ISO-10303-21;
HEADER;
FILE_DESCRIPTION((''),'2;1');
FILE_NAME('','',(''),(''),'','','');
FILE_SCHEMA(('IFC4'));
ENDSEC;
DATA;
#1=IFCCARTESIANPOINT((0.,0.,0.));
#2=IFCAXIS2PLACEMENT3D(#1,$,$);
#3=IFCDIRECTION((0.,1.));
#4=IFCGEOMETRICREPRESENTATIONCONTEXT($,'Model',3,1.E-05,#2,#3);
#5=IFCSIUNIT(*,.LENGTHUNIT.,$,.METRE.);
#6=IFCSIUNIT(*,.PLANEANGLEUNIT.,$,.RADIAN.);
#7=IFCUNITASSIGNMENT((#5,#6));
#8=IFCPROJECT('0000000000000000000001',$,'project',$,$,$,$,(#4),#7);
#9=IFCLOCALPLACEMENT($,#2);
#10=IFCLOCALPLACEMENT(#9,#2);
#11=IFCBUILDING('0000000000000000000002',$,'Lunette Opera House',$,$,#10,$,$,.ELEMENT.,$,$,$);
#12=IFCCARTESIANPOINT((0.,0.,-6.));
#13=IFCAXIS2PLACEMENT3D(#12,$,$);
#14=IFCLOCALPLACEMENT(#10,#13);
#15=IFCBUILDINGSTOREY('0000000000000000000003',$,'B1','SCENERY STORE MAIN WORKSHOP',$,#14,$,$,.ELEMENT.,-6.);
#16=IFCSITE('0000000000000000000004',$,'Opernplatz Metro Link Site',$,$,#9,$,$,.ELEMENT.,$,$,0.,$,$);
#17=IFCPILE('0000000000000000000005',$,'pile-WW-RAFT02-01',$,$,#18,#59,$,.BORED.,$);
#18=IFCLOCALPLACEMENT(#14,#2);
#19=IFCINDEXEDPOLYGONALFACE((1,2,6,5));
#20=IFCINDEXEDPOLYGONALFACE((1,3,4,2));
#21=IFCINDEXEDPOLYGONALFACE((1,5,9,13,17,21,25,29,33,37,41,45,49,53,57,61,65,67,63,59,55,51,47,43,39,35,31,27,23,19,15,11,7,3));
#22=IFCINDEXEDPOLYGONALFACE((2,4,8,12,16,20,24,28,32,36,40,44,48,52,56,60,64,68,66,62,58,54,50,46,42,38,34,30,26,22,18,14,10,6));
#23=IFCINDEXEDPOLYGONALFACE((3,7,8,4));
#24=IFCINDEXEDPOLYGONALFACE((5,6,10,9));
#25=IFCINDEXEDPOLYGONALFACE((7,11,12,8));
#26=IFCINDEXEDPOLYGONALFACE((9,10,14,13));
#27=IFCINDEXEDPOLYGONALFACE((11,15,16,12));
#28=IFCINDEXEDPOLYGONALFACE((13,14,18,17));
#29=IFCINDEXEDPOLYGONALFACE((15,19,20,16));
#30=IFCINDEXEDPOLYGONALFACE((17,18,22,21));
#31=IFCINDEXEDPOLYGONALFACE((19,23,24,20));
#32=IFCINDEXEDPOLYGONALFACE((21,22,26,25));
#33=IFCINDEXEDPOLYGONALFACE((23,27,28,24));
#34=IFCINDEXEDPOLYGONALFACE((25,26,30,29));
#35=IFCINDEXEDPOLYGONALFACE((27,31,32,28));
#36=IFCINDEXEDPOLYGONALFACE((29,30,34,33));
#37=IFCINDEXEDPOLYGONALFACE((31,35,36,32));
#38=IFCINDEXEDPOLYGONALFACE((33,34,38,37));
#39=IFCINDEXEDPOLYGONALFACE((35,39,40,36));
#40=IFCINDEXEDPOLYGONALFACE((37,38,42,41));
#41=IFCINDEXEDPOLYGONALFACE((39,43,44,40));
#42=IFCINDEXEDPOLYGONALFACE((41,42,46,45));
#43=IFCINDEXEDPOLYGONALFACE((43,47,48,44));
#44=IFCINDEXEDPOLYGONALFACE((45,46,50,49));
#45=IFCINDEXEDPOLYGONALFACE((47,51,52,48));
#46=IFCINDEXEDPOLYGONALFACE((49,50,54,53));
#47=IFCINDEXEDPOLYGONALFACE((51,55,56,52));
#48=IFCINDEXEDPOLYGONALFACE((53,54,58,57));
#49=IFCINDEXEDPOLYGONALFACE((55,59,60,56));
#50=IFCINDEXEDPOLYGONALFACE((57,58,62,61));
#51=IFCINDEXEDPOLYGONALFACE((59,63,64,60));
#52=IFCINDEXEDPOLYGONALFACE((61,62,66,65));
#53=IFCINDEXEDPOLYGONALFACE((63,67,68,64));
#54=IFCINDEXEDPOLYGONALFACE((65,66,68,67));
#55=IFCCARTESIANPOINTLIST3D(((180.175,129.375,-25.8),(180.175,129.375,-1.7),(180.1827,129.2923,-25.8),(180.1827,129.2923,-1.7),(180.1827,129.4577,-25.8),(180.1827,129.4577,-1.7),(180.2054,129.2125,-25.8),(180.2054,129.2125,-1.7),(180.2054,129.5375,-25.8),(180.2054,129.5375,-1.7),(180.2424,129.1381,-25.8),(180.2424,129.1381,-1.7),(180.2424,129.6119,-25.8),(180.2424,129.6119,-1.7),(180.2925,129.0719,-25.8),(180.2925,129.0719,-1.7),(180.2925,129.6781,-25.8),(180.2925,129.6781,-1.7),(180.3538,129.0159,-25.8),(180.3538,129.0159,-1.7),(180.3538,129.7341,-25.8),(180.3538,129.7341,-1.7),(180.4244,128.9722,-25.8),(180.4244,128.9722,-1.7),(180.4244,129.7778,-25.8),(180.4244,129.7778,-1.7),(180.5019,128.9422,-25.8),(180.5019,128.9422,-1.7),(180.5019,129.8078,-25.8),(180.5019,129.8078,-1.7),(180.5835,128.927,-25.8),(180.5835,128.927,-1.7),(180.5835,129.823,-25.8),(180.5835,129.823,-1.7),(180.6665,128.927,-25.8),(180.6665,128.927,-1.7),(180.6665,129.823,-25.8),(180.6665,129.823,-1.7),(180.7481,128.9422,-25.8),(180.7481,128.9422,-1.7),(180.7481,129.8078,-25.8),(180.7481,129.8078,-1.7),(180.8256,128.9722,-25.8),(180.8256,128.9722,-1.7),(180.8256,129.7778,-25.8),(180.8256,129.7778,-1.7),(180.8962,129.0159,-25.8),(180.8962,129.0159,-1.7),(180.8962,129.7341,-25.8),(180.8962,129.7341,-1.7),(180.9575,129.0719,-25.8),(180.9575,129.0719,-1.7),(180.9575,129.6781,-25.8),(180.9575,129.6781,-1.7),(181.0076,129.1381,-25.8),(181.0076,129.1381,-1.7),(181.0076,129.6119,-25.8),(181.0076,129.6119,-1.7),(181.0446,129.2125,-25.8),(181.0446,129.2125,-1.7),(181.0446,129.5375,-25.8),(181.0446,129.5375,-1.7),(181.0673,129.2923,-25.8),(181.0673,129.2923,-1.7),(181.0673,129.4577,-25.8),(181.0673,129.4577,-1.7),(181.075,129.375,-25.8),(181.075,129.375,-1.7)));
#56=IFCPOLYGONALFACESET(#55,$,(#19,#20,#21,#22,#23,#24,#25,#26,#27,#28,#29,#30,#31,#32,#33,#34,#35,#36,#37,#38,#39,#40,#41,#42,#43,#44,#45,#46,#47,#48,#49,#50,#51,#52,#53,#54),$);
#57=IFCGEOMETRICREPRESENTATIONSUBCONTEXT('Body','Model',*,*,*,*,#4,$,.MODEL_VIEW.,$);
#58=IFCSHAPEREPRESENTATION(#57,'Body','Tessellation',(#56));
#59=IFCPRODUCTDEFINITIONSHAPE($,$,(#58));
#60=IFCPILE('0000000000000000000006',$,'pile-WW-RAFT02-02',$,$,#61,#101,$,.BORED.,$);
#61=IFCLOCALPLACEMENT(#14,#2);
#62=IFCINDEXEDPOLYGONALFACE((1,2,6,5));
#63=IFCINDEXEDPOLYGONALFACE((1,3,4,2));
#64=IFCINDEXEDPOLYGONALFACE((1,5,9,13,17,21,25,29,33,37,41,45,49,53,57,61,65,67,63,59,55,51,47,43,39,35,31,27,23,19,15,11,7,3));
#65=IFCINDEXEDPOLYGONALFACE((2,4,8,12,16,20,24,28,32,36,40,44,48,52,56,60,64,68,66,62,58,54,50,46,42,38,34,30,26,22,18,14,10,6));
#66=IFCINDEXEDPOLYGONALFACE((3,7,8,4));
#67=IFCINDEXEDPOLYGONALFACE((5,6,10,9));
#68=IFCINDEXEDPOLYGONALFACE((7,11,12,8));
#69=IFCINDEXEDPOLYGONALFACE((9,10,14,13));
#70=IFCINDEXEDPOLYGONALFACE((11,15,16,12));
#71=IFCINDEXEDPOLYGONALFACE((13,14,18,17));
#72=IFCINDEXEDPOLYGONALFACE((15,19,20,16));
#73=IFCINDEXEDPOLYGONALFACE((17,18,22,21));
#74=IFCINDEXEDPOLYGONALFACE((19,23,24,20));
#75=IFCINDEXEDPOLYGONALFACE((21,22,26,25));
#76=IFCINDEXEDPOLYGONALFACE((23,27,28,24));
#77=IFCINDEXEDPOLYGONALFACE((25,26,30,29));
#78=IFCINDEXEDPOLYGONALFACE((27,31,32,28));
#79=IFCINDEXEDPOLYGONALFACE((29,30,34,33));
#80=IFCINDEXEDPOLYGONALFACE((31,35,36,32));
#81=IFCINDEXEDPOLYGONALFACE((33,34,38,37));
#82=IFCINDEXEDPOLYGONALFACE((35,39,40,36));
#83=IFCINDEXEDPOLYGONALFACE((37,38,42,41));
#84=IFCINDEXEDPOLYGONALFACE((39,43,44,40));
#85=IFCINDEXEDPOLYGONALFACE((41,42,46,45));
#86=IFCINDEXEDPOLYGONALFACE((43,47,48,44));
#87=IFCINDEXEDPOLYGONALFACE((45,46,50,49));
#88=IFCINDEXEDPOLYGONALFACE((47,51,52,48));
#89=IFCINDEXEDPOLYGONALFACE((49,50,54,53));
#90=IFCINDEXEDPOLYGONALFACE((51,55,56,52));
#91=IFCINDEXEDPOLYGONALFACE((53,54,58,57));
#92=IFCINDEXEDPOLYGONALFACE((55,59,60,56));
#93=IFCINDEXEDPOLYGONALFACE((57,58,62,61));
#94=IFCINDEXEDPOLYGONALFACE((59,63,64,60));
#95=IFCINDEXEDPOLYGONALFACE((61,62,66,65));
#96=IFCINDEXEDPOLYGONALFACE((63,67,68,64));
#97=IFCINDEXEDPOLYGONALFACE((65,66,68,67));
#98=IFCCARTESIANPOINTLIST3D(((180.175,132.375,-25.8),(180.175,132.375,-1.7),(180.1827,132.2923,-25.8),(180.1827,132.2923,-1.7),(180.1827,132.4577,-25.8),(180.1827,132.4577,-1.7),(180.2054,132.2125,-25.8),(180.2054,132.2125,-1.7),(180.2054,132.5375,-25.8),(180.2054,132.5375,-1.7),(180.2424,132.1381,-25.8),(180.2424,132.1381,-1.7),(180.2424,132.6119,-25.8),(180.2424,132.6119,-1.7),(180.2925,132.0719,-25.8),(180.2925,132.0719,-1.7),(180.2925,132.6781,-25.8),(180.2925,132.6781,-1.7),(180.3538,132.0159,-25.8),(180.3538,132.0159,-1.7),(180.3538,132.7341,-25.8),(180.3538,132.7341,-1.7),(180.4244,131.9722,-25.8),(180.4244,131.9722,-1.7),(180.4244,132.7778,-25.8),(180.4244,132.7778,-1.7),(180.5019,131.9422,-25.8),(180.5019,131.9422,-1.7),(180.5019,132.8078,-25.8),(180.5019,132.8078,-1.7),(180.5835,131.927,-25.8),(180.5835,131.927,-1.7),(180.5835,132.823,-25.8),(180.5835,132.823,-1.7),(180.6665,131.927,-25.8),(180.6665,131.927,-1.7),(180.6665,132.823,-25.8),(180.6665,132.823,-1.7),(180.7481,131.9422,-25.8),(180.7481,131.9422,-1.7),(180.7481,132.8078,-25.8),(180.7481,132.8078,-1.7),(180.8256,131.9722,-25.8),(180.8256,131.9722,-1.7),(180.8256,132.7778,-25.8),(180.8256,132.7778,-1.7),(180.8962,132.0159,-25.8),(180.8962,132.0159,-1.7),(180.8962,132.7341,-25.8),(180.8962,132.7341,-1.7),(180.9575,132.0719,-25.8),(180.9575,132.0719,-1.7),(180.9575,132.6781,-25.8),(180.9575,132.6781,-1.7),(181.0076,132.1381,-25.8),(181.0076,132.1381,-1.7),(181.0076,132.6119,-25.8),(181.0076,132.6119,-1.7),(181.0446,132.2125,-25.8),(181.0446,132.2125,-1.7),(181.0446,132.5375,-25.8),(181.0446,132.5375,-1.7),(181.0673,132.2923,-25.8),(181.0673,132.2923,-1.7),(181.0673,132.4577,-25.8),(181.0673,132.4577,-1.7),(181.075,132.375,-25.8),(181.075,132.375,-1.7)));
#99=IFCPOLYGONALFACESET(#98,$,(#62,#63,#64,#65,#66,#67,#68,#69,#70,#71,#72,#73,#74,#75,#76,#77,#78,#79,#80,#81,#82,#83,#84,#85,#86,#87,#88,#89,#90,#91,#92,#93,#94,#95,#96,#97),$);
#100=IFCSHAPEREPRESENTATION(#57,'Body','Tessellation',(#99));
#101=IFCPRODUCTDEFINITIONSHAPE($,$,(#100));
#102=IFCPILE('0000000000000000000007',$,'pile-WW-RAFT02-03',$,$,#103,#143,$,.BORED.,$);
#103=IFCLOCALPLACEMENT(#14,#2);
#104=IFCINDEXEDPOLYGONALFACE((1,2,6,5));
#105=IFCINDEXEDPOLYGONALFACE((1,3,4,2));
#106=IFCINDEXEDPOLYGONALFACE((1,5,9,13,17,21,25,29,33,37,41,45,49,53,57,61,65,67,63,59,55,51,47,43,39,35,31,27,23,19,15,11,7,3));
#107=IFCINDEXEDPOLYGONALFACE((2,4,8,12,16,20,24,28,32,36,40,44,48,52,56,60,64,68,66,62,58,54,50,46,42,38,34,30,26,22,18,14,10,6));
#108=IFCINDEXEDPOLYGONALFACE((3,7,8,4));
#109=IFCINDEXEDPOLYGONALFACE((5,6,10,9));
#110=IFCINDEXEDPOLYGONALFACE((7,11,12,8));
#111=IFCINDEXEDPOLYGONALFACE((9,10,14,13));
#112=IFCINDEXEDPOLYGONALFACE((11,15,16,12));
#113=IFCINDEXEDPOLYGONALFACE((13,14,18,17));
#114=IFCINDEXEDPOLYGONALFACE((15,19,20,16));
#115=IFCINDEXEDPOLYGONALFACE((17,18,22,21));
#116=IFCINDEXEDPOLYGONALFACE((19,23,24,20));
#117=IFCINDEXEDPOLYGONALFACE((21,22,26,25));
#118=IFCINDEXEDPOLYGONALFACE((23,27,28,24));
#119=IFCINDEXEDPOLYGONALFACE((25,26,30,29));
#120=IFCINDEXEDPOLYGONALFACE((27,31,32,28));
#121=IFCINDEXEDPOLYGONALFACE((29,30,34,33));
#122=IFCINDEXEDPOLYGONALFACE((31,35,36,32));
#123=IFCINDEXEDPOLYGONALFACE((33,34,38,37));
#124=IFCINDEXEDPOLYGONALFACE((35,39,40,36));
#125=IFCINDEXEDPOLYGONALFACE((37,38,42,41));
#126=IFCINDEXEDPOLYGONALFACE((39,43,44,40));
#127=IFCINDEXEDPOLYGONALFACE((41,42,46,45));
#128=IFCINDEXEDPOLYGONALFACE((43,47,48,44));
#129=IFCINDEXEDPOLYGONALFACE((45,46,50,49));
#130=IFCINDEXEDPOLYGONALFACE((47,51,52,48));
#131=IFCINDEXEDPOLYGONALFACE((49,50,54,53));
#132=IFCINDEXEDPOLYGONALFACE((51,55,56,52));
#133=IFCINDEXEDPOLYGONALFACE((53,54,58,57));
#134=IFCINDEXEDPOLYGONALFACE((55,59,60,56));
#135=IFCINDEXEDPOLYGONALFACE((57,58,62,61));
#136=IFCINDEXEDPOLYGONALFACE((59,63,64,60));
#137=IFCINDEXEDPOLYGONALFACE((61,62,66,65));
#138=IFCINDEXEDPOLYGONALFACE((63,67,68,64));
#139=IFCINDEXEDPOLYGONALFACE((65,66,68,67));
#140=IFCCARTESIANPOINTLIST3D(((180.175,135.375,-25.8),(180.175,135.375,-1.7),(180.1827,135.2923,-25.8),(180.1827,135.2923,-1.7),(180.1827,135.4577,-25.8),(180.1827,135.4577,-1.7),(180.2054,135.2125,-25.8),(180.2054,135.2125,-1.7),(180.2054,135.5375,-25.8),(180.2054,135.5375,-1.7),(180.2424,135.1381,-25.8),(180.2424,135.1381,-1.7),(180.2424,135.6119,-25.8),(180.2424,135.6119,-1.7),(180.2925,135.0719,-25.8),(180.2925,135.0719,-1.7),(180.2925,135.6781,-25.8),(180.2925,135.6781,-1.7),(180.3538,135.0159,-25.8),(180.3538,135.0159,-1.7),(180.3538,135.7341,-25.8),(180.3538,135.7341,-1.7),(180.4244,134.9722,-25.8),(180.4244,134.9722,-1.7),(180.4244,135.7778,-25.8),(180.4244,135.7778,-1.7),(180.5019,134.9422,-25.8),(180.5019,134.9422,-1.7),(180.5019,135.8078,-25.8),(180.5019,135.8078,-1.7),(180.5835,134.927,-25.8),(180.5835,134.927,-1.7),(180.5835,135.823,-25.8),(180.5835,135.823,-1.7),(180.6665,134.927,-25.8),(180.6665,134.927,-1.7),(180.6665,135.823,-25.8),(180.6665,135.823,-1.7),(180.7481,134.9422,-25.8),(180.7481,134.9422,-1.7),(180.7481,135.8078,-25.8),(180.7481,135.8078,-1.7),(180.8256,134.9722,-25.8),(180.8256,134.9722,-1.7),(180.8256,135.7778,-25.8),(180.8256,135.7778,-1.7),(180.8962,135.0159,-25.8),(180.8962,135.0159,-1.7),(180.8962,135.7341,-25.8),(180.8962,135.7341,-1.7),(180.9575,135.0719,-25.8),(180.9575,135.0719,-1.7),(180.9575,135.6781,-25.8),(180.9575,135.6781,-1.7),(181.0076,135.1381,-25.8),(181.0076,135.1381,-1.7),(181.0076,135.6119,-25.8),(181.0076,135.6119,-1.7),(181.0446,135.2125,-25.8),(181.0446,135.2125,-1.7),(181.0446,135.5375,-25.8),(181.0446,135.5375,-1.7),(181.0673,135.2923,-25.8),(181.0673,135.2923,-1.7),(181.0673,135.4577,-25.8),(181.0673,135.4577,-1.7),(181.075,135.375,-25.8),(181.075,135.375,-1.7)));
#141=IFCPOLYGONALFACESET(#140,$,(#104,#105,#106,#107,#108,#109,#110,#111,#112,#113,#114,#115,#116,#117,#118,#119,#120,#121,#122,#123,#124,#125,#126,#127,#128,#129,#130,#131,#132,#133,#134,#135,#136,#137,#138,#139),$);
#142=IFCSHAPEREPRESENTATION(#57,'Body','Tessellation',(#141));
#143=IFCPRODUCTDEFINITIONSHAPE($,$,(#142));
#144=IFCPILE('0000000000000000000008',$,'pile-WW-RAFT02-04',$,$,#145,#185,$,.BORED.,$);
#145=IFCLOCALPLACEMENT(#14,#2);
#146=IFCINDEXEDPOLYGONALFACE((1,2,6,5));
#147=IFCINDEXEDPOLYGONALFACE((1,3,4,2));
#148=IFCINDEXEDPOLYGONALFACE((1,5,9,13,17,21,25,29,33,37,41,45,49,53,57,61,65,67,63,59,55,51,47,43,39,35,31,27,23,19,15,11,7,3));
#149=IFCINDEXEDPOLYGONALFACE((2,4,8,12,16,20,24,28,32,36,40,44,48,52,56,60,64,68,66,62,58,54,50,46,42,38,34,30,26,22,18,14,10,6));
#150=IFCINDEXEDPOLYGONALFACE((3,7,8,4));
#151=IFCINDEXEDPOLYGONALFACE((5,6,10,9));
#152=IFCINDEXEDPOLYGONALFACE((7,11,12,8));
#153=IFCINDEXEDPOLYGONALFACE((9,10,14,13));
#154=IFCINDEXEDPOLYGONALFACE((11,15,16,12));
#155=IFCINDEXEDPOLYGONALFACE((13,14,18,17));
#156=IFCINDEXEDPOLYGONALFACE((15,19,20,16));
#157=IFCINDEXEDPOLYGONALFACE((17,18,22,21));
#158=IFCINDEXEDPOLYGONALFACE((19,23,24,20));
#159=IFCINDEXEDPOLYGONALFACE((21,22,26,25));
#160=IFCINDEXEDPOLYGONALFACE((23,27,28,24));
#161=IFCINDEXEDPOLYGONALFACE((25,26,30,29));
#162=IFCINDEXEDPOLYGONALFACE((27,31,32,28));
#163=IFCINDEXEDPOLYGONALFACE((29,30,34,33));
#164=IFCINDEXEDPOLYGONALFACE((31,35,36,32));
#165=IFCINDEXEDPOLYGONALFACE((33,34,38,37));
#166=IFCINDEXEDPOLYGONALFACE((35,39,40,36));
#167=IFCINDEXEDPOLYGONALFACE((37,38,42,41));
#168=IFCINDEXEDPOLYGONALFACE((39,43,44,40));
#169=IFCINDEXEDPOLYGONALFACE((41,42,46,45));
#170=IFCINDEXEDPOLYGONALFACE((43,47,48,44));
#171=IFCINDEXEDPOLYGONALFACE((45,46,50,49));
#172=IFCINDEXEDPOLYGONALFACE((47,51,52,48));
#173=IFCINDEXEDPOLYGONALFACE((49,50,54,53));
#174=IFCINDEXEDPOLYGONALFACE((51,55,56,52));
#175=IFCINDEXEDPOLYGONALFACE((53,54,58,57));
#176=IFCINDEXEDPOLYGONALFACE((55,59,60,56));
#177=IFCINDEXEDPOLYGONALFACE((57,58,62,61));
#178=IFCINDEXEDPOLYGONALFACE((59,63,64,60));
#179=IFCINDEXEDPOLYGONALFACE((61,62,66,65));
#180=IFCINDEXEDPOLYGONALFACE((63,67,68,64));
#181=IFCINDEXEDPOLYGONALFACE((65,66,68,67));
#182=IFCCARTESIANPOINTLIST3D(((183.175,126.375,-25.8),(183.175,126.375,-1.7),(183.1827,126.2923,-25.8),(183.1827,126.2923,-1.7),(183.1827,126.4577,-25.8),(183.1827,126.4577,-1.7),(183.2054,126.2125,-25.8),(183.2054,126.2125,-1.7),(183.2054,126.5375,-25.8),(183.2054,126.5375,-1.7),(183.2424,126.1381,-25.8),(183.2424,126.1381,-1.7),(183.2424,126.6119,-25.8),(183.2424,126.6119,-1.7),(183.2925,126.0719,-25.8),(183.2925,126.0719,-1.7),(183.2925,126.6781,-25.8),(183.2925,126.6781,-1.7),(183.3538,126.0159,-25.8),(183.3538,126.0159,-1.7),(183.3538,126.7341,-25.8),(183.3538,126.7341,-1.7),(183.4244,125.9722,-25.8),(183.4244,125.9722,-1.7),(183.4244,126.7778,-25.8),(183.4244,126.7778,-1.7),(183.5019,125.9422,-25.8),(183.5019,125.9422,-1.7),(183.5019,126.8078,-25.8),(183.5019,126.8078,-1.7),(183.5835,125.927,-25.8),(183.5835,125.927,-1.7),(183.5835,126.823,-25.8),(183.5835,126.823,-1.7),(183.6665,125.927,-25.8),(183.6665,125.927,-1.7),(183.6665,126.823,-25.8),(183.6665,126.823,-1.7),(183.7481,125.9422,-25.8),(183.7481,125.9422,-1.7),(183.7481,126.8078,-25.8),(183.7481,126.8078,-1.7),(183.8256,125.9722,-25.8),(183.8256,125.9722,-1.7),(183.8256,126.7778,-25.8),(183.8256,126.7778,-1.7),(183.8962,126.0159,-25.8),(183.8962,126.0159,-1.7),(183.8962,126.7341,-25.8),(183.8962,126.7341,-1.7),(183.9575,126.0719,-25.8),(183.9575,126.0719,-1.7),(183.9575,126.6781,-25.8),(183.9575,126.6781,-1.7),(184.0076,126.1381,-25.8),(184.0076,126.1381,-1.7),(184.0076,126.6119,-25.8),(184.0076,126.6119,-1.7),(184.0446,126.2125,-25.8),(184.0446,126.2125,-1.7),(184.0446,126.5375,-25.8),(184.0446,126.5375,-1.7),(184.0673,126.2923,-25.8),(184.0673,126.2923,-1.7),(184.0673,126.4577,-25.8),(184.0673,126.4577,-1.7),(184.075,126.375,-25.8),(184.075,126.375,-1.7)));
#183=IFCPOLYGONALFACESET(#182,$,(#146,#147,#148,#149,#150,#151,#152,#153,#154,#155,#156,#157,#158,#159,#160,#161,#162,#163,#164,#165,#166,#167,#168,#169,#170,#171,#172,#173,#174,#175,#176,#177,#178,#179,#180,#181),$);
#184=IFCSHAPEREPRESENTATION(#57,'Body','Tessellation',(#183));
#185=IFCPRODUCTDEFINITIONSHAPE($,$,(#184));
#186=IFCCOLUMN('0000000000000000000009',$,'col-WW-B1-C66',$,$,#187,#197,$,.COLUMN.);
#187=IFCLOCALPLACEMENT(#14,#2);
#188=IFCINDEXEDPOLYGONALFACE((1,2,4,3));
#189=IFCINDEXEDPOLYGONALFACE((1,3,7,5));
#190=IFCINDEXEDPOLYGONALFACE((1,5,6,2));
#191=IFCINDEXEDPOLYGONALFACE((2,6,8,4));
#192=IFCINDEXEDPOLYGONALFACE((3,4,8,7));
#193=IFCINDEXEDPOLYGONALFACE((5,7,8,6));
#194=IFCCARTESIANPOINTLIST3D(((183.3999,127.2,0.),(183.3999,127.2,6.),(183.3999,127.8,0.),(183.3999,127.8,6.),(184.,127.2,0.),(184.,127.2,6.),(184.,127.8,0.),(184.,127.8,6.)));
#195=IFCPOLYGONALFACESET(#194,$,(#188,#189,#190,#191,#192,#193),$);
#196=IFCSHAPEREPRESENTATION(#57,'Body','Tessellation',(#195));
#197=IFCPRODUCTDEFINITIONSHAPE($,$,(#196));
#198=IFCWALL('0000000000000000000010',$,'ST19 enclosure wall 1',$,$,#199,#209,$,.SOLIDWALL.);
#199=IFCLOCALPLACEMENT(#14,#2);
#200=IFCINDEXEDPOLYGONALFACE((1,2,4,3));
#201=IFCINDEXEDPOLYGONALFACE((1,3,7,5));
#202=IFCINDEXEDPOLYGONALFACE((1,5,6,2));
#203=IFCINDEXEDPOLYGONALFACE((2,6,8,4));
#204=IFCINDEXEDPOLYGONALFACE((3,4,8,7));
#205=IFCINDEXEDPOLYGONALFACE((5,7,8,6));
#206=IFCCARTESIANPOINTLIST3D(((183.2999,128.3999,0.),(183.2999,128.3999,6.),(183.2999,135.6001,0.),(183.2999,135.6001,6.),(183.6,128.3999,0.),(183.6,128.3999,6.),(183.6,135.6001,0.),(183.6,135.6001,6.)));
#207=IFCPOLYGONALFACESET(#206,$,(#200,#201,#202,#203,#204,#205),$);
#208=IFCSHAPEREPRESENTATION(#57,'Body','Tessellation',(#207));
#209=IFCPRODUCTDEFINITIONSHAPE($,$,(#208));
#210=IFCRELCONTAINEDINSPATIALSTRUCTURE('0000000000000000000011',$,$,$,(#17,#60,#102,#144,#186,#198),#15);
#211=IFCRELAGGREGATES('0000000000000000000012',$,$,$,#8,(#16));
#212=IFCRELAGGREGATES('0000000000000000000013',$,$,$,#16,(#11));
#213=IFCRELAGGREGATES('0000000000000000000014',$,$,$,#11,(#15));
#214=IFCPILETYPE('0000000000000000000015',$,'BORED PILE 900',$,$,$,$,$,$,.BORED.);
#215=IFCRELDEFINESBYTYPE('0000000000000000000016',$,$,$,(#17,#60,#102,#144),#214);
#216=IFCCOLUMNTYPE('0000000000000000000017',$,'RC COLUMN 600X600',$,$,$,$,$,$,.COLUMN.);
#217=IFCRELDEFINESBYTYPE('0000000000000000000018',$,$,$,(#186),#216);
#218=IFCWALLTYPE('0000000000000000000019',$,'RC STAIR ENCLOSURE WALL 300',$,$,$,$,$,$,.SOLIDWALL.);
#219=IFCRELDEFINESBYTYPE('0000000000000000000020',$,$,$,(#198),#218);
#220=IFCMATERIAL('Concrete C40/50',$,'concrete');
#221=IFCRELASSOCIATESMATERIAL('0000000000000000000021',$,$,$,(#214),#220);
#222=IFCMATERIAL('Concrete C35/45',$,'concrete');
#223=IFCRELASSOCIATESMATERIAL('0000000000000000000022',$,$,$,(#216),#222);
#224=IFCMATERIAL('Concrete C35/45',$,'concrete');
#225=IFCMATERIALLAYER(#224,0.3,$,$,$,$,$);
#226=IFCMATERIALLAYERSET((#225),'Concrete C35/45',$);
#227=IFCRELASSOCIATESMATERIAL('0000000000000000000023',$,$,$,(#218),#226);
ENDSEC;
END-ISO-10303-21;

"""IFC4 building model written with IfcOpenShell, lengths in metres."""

from ifc_helpers import new_model, si_unit, direction, frame, frame_2d, origin, origin_2d, place, context, subcontext, project, spatial, rectangle, circle, extrude, material, layer, layer_set, material_profile, profile_set, type_object, element, save


model = new_model("IFC4")

# Units and contexts
model_context = context("Model", 3, precision=1e-05, world=origin(), true_north=direction((0.0, 1.0)))
body_context = subcontext(model_context, "Body", "Model", "MODEL_VIEW")
ifc_project = project(units=[si_unit("LENGTHUNIT", "METRE"), si_unit("PLANEANGLEUNIT", "RADIAN")], contexts=[model_context])

# Site, building, storey
site_placement = place(None, origin())
site = spatial("IfcSite", under=ifc_project, at=site_placement, Name="Opernplatz Metro Link Site", CompositionType="ELEMENT", RefElevation=0.0)
building_placement = place(site_placement, origin())
building = spatial("IfcBuilding", under=site, at=building_placement, Name="Lunette Opera House", CompositionType="ELEMENT")
storey_placement = place(building_placement, frame((0.0, 0.0, -6.0)))
storey = spatial("IfcBuildingStorey", under=building, at=storey_placement, Name="B1", Description="SCENERY STORE MAIN WORKSHOP", CompositionType="ELEMENT", Elevation=-6.0)

# Piles
ifc_material_1 = material(Name="Concrete C40/50", Category="concrete")
ifc_material_profile_1 = material_profile(ifc_material_1, circle(Radius=0.45, at=origin_2d()), Name="BORED PILE 900")
ifc_profile_set_1 = profile_set([ifc_material_profile_1], Name="Concrete C40/50")
pile_type = type_object("IfcPileType", Name="BORED PILE 900", PredefinedType="BORED", material=ifc_profile_set_1)
for number, where, z_axis, x_axis, name in (
    (1, (180.625, 129.375, -1.7), (0.0, 0.0, -1.0), (1.0, 0.0, 0.0), "pile-WW-RAFT02-01"),
    (2, (180.625, 132.375, -1.7), (0.0, 0.0, -1.0), (1.0, 0.0, 0.0), "pile-WW-RAFT02-02"),
    (3, (180.625, 135.375, -1.7), (0.0, 0.0, -1.0), (1.0, 0.0, 0.0), "pile-WW-RAFT02-03"),
    (4, (183.625, 126.375, -1.7), (0.0, 0.0, -1.0), (1.0, 0.0, 0.0), "pile-WW-RAFT02-04"),
):
    element("IfcPile", number, at=place(storey_placement, frame(where, z_axis=z_axis, x_axis=x_axis)), inside=storey, type_object=pile_type, Name=name, PredefinedType="BORED", context=body_context, shape_type="SweptSolid", body=[
        extrude(circle(Radius=0.45, at=origin_2d()), origin(), (0.0, 0.0, 1.0), 24.1001),
    ])

# Column
ifc_material_2 = material(Name="Concrete C35/45", Category="concrete")
ifc_material_profile_2 = material_profile(ifc_material_2, rectangle(XDim=0.6001, YDim=0.6001, at=origin_2d()), Name="RC COLUMN 600X600")
ifc_profile_set_2 = profile_set([ifc_material_profile_2], Name="Concrete C35/45")
column_type = type_object("IfcColumnType", Name="RC COLUMN 600X600", PredefinedType="COLUMN", material=ifc_profile_set_2)
column_placement = place(storey_placement, frame((183.7, 127.5, 0.0), z_axis=(0.0, 0.0, 1.0), x_axis=(1.0, 0.0, 0.0)))
element("IfcColumn", 5, at=column_placement, inside=storey, type_object=column_type, Name="col-WW-B1-C66", PredefinedType="COLUMN", context=body_context, shape_type="SweptSolid", body=[
    extrude(rectangle(XDim=0.6001, YDim=0.6001, at=origin_2d()), origin(), (0.0, 0.0, 1.0), 6.0),
])

# Wall
ifc_material_3 = material(Name="Concrete C35/45", Category="concrete")
ifc_layer = layer(ifc_material_3, 0.3)
ifc_layer_set = layer_set([ifc_layer], Name="Concrete C35/45")
wall_type = type_object("IfcWallType", Name="RC STAIR ENCLOSURE WALL 300", PredefinedType="SOLIDWALL", material=ifc_layer_set)
wall_1_placement = place(storey_placement, frame((183.45, 128.3999, 0.0), z_axis=(0.0, 0.0, 1.0), x_axis=(0.0, 1.0, 0.0)))
element("IfcWall", 6, at=wall_1_placement, inside=storey, type_object=wall_type, Name="ST19 enclosure wall 1", PredefinedType="SOLIDWALL", context=body_context, shape_type="SweptSolid", body=[
    extrude(rectangle(XDim=7.2002, YDim=0.3, at=frame_2d((3.6001, 0.0))), origin(), (0.0, 0.0, 1.0), 6.0),
])

save(model, "model.ifc")
